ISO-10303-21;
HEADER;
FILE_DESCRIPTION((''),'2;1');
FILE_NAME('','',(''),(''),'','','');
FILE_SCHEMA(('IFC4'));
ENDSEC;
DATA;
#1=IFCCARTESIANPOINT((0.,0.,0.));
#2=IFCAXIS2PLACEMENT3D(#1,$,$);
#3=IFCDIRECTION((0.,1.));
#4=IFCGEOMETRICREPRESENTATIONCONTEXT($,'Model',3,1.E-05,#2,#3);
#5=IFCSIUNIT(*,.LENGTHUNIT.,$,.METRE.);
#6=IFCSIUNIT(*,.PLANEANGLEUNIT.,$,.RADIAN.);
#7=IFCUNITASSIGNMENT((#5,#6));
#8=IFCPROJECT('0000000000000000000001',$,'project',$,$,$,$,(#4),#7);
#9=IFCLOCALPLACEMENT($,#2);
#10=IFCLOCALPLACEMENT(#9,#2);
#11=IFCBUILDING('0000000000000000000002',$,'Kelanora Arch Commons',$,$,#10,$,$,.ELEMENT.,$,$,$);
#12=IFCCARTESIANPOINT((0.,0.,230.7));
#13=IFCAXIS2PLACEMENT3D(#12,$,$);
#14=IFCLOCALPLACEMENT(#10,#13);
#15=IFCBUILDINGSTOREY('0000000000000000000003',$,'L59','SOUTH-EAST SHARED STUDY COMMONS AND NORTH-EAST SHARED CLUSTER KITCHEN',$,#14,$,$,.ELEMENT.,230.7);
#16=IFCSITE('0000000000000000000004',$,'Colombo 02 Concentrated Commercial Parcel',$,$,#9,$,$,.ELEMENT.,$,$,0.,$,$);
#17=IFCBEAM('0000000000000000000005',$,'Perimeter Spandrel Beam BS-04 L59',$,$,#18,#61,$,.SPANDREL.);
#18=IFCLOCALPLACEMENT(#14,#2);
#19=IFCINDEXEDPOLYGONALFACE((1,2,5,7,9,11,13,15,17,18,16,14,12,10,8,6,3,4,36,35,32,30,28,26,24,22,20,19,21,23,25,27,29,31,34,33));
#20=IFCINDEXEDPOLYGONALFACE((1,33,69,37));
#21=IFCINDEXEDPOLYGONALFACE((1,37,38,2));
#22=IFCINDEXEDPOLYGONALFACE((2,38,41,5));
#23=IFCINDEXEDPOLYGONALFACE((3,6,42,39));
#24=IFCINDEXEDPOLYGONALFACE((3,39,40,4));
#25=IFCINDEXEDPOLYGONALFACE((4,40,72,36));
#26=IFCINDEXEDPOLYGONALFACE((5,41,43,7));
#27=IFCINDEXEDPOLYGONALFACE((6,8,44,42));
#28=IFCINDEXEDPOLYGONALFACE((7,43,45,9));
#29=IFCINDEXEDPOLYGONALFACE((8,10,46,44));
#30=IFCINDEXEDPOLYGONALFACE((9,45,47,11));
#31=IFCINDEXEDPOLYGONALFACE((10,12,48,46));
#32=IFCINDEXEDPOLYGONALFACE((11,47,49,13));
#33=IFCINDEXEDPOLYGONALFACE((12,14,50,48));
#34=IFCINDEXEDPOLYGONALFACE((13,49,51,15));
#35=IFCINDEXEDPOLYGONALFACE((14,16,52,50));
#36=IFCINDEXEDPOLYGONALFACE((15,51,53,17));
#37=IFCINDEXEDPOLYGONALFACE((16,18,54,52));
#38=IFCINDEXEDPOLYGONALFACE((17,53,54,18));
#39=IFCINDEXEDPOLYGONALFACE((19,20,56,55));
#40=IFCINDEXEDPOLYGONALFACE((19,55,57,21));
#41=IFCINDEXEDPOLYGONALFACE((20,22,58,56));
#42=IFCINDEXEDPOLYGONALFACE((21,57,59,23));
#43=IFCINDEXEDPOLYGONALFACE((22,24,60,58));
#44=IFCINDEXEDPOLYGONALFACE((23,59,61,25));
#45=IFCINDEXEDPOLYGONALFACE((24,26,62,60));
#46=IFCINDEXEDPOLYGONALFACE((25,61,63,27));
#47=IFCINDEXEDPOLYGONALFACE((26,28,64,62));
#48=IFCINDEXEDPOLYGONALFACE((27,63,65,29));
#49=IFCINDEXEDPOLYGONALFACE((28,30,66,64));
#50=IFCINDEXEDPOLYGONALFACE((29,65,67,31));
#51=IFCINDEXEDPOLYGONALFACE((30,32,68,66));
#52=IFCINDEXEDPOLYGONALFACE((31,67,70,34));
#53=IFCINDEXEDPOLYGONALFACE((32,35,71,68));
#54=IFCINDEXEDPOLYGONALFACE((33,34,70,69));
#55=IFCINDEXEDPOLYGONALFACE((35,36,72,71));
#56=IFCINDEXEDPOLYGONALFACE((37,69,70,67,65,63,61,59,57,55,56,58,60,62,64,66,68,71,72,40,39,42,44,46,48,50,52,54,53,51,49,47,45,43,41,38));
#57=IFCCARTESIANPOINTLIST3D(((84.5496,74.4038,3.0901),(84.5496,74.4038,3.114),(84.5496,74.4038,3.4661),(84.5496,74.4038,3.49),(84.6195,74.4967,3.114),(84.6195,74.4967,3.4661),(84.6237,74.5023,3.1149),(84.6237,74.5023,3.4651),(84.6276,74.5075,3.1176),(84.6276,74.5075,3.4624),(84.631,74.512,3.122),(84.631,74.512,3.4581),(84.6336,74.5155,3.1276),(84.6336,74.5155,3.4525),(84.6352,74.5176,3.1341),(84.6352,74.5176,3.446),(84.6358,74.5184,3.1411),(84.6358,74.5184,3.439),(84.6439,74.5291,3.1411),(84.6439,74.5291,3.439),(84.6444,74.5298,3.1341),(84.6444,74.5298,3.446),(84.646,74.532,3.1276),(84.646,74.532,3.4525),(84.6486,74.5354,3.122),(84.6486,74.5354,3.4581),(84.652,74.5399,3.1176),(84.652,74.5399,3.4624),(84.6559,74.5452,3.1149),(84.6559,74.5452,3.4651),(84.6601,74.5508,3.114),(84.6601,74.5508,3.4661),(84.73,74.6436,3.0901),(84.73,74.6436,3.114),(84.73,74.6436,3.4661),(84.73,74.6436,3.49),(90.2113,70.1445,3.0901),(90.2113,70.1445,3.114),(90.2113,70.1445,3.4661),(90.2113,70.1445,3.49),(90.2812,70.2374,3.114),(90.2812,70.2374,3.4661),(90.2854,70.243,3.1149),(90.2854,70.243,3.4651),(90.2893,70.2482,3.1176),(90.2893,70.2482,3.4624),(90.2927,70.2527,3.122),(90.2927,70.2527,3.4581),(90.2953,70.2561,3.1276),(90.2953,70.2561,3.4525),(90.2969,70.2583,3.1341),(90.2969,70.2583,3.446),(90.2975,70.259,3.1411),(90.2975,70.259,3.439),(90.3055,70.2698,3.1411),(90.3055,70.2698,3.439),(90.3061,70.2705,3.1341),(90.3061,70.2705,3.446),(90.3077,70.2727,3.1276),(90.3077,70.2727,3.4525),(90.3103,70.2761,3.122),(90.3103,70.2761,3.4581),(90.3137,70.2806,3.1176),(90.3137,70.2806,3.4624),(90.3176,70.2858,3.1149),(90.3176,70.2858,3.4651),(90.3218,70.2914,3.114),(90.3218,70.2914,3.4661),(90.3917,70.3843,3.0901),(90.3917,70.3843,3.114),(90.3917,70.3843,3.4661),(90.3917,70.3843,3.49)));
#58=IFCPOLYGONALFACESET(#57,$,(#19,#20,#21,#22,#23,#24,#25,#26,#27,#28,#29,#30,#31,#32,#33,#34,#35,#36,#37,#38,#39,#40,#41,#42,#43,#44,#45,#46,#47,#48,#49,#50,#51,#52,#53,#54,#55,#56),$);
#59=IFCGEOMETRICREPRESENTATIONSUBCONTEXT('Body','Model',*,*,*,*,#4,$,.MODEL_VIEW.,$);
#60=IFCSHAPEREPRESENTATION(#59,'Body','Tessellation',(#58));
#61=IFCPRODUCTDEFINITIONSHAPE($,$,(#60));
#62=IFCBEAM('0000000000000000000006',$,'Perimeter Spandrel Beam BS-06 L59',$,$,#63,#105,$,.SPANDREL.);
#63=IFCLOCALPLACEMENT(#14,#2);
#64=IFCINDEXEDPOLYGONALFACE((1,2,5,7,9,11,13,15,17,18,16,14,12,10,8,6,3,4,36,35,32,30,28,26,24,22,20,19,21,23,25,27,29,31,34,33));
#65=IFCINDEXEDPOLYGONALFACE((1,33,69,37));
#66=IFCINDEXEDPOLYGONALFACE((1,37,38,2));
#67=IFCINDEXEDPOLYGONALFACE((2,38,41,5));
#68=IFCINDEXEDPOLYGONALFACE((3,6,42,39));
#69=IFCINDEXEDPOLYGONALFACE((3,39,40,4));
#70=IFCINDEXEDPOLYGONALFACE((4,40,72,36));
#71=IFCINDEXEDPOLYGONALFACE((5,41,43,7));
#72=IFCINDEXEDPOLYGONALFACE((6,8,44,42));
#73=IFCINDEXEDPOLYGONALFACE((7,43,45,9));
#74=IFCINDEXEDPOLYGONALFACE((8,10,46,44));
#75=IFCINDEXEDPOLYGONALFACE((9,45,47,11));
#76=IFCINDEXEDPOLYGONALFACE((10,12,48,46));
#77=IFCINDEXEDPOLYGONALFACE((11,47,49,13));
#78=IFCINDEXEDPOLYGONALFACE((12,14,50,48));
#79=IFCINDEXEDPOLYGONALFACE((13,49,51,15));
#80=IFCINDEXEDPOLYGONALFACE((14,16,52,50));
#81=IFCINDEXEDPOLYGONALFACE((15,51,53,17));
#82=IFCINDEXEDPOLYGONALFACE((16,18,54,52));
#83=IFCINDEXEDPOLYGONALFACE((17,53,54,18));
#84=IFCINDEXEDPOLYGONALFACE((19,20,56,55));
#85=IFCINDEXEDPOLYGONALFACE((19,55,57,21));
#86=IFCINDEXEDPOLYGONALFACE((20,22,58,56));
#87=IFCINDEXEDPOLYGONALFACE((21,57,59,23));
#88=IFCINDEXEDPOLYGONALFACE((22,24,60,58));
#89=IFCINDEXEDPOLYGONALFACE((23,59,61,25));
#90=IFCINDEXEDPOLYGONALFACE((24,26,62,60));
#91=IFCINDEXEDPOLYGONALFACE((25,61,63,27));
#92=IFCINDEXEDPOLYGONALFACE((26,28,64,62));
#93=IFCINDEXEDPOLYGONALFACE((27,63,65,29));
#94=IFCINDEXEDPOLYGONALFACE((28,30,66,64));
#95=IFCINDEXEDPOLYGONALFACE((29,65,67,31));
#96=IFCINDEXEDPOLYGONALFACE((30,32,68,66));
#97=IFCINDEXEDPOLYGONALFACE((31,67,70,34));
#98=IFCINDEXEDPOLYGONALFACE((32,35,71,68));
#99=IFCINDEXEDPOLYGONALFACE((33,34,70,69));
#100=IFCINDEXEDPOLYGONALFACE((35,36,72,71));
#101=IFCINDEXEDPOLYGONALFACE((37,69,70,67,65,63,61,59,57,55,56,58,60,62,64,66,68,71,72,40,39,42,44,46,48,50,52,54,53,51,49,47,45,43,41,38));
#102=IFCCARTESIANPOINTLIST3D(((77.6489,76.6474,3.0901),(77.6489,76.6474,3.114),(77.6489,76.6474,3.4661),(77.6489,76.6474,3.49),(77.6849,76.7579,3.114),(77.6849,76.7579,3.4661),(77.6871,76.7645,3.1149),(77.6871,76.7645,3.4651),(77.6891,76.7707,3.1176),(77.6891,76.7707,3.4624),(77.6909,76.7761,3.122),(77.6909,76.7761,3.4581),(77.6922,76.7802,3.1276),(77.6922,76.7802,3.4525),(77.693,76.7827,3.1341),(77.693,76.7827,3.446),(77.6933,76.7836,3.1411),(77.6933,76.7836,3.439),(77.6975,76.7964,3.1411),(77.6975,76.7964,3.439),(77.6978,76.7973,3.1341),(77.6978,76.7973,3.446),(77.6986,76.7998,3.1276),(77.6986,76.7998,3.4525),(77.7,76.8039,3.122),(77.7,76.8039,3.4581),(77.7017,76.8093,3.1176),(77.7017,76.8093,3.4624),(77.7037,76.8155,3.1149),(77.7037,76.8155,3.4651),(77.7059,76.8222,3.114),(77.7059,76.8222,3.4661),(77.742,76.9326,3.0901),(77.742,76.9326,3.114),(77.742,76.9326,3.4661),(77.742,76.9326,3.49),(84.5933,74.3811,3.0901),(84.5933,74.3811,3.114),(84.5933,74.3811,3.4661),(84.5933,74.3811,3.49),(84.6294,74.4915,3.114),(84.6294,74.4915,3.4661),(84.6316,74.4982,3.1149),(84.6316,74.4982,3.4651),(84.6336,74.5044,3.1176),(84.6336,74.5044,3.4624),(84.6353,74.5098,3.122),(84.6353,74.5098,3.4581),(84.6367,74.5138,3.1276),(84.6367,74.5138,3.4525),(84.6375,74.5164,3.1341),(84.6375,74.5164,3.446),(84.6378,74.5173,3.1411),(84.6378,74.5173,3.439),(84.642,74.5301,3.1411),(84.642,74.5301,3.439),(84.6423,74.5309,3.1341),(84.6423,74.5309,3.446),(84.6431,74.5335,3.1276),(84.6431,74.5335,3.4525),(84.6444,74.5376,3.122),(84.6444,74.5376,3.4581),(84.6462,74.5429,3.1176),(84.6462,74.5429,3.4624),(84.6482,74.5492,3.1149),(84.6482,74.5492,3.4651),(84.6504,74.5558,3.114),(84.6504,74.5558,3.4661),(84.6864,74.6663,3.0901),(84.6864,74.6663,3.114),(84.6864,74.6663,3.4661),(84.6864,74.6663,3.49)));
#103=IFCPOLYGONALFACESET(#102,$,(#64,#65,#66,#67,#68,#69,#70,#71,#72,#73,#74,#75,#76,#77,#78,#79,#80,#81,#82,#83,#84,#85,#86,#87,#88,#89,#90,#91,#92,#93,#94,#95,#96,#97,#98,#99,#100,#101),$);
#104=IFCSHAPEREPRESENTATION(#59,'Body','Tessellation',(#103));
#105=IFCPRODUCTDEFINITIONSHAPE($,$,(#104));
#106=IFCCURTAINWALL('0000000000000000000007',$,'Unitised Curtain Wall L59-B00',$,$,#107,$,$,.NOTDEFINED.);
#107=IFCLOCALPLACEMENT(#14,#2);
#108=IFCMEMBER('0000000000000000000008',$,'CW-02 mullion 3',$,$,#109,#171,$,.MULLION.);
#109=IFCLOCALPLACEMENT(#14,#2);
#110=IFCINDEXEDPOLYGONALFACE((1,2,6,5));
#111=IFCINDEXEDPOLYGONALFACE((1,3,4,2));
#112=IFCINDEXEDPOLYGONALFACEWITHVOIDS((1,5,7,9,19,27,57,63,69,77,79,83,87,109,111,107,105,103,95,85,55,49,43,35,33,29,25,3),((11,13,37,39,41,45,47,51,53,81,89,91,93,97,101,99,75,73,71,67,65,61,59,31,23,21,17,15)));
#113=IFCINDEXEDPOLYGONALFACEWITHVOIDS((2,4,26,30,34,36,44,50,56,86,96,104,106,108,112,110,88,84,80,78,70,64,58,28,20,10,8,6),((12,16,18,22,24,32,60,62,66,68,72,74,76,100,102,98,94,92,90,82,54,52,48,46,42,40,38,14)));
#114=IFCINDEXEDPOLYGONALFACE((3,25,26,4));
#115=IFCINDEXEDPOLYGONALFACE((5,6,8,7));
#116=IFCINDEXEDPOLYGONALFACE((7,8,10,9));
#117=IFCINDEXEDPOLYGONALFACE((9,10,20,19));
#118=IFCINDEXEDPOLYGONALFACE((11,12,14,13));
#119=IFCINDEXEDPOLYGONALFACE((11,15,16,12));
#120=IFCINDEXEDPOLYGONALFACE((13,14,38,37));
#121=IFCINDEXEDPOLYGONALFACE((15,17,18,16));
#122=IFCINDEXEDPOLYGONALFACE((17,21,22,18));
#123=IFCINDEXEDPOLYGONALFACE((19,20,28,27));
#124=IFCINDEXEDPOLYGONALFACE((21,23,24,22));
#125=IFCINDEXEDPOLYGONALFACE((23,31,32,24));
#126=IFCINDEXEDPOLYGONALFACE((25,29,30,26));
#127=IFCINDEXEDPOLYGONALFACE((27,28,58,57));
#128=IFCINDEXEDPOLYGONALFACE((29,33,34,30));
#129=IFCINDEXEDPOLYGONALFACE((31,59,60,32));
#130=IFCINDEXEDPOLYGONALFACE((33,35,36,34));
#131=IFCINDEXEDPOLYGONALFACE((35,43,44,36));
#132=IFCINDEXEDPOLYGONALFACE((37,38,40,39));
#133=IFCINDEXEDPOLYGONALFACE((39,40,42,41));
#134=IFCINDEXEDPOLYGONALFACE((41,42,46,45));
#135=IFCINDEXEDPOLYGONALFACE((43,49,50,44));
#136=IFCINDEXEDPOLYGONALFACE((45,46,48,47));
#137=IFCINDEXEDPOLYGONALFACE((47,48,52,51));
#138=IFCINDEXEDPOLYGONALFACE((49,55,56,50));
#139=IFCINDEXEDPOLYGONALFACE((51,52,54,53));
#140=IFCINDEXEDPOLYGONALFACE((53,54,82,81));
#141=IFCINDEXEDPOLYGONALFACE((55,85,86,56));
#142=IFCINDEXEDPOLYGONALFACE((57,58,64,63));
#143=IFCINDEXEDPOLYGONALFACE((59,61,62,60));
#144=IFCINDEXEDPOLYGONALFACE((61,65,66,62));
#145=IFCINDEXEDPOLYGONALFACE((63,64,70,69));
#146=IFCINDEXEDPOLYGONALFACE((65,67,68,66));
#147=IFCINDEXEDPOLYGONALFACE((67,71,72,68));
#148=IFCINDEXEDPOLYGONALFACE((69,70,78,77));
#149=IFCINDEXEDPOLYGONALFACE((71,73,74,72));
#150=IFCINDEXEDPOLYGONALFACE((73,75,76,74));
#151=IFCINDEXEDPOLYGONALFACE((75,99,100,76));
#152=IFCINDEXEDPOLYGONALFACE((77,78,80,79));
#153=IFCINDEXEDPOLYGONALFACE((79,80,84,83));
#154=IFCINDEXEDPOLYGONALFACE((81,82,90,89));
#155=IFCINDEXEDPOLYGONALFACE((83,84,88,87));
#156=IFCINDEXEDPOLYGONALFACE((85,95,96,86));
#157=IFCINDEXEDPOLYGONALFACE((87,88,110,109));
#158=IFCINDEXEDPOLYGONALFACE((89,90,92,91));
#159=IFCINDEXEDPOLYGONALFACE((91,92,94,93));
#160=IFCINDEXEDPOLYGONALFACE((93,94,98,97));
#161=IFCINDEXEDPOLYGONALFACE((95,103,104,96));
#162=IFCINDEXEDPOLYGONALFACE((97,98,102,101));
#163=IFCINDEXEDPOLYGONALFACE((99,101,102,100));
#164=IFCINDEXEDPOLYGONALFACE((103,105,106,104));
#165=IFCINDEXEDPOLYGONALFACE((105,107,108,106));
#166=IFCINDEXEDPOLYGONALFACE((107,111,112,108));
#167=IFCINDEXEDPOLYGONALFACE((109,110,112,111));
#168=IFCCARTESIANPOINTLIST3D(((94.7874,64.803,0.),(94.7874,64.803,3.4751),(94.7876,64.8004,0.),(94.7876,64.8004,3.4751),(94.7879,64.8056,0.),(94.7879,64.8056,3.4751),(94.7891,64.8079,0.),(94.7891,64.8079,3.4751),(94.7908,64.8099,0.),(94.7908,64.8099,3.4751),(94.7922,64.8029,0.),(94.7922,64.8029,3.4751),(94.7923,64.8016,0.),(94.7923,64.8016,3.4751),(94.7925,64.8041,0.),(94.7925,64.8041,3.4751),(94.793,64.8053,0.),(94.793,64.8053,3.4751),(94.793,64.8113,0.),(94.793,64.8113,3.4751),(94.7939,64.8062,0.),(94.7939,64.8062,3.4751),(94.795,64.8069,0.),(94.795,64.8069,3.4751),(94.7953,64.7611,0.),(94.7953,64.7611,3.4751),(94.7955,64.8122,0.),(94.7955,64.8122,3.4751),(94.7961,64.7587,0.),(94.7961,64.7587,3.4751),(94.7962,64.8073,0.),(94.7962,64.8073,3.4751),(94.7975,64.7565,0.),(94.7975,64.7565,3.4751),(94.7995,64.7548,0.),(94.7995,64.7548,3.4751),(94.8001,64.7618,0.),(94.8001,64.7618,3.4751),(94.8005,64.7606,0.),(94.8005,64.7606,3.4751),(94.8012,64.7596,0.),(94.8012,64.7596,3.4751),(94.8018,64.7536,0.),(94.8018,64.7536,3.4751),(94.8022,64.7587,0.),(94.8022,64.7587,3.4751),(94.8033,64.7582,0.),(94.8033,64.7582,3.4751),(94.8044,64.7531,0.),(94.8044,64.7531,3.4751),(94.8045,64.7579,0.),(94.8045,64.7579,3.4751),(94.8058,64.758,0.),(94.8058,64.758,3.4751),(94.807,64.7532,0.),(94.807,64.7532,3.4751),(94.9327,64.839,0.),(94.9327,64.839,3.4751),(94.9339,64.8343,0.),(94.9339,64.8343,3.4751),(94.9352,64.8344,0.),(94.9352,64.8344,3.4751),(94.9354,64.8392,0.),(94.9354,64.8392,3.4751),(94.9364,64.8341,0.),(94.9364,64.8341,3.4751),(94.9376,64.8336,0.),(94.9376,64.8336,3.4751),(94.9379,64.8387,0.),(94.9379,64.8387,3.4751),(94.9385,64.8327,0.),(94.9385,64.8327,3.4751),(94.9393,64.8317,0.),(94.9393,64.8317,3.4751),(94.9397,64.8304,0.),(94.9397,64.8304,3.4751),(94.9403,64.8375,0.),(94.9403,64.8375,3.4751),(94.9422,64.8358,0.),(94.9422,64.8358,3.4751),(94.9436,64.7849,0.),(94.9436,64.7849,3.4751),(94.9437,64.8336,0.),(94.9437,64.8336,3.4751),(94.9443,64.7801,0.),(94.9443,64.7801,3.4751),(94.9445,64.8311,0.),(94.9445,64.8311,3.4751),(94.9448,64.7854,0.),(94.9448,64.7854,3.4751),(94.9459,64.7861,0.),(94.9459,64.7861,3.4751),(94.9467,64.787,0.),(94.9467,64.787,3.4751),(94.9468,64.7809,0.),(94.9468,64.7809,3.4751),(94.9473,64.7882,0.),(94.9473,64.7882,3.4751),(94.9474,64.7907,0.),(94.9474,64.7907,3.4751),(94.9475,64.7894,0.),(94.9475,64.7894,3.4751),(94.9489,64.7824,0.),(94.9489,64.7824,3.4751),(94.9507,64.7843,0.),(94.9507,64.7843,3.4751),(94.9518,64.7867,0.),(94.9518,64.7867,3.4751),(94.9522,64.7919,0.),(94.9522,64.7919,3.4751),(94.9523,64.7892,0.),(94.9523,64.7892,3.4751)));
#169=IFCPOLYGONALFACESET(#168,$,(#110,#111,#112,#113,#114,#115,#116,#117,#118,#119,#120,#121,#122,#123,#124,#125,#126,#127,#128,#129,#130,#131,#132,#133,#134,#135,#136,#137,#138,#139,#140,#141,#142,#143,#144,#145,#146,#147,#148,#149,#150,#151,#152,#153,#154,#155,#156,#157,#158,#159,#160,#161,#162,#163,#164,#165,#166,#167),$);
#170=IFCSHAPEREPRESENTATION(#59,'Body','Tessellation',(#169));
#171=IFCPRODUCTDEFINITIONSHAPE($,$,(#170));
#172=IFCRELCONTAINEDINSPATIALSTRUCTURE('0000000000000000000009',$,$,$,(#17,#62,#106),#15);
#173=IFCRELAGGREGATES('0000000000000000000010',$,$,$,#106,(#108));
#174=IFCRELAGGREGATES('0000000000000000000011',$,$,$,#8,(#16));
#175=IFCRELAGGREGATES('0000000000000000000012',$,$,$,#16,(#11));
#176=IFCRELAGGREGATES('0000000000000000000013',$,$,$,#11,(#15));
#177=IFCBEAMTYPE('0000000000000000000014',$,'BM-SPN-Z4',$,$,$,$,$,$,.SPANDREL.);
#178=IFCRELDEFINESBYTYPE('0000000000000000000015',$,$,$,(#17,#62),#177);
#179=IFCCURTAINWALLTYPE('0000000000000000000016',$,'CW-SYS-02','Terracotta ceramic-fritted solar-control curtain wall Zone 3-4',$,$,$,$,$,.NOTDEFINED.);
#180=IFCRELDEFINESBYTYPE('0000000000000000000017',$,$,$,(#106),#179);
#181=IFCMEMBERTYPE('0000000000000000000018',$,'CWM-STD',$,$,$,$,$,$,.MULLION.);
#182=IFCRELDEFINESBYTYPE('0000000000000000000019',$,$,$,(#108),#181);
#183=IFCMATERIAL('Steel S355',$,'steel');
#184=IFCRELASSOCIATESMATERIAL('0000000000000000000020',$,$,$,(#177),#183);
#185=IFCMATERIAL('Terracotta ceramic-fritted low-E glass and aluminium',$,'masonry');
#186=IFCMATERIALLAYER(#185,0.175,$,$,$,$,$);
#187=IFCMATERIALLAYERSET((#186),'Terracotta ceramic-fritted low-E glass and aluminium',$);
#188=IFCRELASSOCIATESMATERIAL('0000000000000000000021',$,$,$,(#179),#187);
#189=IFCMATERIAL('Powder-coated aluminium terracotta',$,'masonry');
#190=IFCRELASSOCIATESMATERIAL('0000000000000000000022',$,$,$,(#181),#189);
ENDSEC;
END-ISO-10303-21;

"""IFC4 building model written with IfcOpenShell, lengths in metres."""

from ifc_helpers import new_model, si_unit, direction, frame, origin, origin_2d, place, context, subcontext, project, spatial, hollow_rectangle, i_section, extrude, material, layer, layer_set, material_profile, profile_set, type_object, element, aggregate, save


model = new_model("IFC4")

# Units and contexts
model_context = context("Model", 3, precision=1e-05, world=origin(), true_north=direction((0.0, 1.0)))
body_context = subcontext(model_context, "Body", "Model", "MODEL_VIEW")
ifc_project = project(units=[si_unit("LENGTHUNIT", "METRE"), si_unit("PLANEANGLEUNIT", "RADIAN")], contexts=[model_context])

# Site, building, storey
site_placement = place(None, origin())
site = spatial("IfcSite", under=ifc_project, at=site_placement, Name="Colombo 02 Concentrated Commercial Parcel", CompositionType="ELEMENT", RefElevation=0.0)
building_placement = place(site_placement, origin())
building = spatial("IfcBuilding", under=site, at=building_placement, Name="Kelanora Arch Commons", CompositionType="ELEMENT")
storey_placement = place(building_placement, frame((0.0, 0.0, 230.7)))
storey = spatial("IfcBuildingStorey", under=building, at=storey_placement, Name="L59", Description="SOUTH-EAST SHARED STUDY COMMONS AND NORTH-EAST SHARED CLUSTER KITCHEN", CompositionType="ELEMENT", Elevation=230.7)

# Beams
ifc_material_1 = material(Name="Steel S355", Category="steel")
ifc_material_profile_1 = material_profile(ifc_material_1, i_section(OverallWidth=0.3, OverallDepth=0.3999, WebThickness=0.0134, FlangeThickness=0.0239, FilletRadius=0.0271, at=origin_2d()), Name="HEB400")
ifc_profile_set_1 = profile_set([ifc_material_profile_1], Name="Steel S355")
beam_type_1 = type_object("IfcBeamType", Name="BM-SPN-Z4", PredefinedType="SPANDREL", material=ifc_profile_set_1)
beam_1_placement = place(storey_placement, frame((90.3015, 70.2644, 3.29), z_axis=(-0.799114, 0.601179, 0.0), x_axis=(-0.601179, -0.799114, 0.0)))
element("IfcBeam", 1, at=beam_1_placement, inside=storey, type_object=beam_type_1, Name="Perimeter Spandrel Beam BS-04 L59", PredefinedType="SPANDREL", context=body_context, shape_type="SweptSolid", body=[
    extrude(i_section(OverallWidth=0.3, OverallDepth=0.3999, WebThickness=0.0134, FlangeThickness=0.0239, FilletRadius=0.0271, at=origin_2d()), origin(), (0.0, 0.0, 1.0), 7.085),
])
beam_2_placement = place(storey_placement, frame((84.6399, 74.5237, 3.29), z_axis=(-0.950656, 0.310246, 0.0), x_axis=(-0.310246, -0.950656, 0.0)))
element("IfcBeam", 2, at=beam_2_placement, inside=storey, type_object=beam_type_1, Name="Perimeter Spandrel Beam BS-06 L59", PredefinedType="SPANDREL", context=body_context, shape_type="SweptSolid", body=[
    extrude(i_section(OverallWidth=0.3, OverallDepth=0.3999, WebThickness=0.0134, FlangeThickness=0.0239, FilletRadius=0.0271, at=origin_2d()), origin(), (0.0, 0.0, 1.0), 7.3049),
])

# Curtain wall, member
ifc_material_2 = material(Name="Terracotta ceramic-fritted low-E glass and aluminium", Category="masonry")
ifc_layer_1 = layer(ifc_material_2, 0.175)
ifc_layer_set_1 = layer_set([ifc_layer_1], Name="Terracotta ceramic-fritted low-E glass and aluminium")
curtain_wall_type = type_object("IfcCurtainWallType", Name="CW-SYS-02", Description="Terracotta ceramic-fritted solar-control curtain wall Zone 3-4", PredefinedType="NOTDEFINED", material=ifc_layer_set_1)
curtain_wall_1_placement = place(storey_placement, origin())
curtain_wall_1 = element("IfcCurtainWall", 3, at=curtain_wall_1_placement, inside=storey, type_object=curtain_wall_type, Name="Unitised Curtain Wall L59-B00", PredefinedType="NOTDEFINED")
ifc_material_3 = material(Name="Powder-coated aluminium terracotta", Category="masonry")
ifc_material_profile_2 = material_profile(ifc_material_3, hollow_rectangle(XDim=0.1599, YDim=0.0601, WallThickness=0.0049, InnerFilletRadius=0.0049, OuterFilletRadius=0.01, at=origin_2d()), Name="CWM160x60")
ifc_profile_set_2 = profile_set([ifc_material_profile_2], Name="Powder-coated aluminium terracotta")
member_type_1 = type_object("IfcMemberType", Name="CWM-STD", PredefinedType="MULLION", material=ifc_profile_set_2)
member_1_placement = place(storey_placement, frame((94.8699, 64.7961, 0.0), z_axis=(0.0, 0.0, 1.0), x_axis=(-0.981381, -0.192069, 0.0)))
member_1 = element("IfcMember", 4, at=member_1_placement, type_object=member_type_1, Name="CW-02 mullion 3", PredefinedType="MULLION", context=body_context, shape_type="SweptSolid", body=[
    extrude(hollow_rectangle(XDim=0.1599, YDim=0.0601, WallThickness=0.0049, InnerFilletRadius=0.0049, OuterFilletRadius=0.01, at=origin_2d()), origin(), (0.0, 0.0, 1.0), 3.4751),
])
aggregate(curtain_wall_1, [member_1])

save(model, "model.ifc")
